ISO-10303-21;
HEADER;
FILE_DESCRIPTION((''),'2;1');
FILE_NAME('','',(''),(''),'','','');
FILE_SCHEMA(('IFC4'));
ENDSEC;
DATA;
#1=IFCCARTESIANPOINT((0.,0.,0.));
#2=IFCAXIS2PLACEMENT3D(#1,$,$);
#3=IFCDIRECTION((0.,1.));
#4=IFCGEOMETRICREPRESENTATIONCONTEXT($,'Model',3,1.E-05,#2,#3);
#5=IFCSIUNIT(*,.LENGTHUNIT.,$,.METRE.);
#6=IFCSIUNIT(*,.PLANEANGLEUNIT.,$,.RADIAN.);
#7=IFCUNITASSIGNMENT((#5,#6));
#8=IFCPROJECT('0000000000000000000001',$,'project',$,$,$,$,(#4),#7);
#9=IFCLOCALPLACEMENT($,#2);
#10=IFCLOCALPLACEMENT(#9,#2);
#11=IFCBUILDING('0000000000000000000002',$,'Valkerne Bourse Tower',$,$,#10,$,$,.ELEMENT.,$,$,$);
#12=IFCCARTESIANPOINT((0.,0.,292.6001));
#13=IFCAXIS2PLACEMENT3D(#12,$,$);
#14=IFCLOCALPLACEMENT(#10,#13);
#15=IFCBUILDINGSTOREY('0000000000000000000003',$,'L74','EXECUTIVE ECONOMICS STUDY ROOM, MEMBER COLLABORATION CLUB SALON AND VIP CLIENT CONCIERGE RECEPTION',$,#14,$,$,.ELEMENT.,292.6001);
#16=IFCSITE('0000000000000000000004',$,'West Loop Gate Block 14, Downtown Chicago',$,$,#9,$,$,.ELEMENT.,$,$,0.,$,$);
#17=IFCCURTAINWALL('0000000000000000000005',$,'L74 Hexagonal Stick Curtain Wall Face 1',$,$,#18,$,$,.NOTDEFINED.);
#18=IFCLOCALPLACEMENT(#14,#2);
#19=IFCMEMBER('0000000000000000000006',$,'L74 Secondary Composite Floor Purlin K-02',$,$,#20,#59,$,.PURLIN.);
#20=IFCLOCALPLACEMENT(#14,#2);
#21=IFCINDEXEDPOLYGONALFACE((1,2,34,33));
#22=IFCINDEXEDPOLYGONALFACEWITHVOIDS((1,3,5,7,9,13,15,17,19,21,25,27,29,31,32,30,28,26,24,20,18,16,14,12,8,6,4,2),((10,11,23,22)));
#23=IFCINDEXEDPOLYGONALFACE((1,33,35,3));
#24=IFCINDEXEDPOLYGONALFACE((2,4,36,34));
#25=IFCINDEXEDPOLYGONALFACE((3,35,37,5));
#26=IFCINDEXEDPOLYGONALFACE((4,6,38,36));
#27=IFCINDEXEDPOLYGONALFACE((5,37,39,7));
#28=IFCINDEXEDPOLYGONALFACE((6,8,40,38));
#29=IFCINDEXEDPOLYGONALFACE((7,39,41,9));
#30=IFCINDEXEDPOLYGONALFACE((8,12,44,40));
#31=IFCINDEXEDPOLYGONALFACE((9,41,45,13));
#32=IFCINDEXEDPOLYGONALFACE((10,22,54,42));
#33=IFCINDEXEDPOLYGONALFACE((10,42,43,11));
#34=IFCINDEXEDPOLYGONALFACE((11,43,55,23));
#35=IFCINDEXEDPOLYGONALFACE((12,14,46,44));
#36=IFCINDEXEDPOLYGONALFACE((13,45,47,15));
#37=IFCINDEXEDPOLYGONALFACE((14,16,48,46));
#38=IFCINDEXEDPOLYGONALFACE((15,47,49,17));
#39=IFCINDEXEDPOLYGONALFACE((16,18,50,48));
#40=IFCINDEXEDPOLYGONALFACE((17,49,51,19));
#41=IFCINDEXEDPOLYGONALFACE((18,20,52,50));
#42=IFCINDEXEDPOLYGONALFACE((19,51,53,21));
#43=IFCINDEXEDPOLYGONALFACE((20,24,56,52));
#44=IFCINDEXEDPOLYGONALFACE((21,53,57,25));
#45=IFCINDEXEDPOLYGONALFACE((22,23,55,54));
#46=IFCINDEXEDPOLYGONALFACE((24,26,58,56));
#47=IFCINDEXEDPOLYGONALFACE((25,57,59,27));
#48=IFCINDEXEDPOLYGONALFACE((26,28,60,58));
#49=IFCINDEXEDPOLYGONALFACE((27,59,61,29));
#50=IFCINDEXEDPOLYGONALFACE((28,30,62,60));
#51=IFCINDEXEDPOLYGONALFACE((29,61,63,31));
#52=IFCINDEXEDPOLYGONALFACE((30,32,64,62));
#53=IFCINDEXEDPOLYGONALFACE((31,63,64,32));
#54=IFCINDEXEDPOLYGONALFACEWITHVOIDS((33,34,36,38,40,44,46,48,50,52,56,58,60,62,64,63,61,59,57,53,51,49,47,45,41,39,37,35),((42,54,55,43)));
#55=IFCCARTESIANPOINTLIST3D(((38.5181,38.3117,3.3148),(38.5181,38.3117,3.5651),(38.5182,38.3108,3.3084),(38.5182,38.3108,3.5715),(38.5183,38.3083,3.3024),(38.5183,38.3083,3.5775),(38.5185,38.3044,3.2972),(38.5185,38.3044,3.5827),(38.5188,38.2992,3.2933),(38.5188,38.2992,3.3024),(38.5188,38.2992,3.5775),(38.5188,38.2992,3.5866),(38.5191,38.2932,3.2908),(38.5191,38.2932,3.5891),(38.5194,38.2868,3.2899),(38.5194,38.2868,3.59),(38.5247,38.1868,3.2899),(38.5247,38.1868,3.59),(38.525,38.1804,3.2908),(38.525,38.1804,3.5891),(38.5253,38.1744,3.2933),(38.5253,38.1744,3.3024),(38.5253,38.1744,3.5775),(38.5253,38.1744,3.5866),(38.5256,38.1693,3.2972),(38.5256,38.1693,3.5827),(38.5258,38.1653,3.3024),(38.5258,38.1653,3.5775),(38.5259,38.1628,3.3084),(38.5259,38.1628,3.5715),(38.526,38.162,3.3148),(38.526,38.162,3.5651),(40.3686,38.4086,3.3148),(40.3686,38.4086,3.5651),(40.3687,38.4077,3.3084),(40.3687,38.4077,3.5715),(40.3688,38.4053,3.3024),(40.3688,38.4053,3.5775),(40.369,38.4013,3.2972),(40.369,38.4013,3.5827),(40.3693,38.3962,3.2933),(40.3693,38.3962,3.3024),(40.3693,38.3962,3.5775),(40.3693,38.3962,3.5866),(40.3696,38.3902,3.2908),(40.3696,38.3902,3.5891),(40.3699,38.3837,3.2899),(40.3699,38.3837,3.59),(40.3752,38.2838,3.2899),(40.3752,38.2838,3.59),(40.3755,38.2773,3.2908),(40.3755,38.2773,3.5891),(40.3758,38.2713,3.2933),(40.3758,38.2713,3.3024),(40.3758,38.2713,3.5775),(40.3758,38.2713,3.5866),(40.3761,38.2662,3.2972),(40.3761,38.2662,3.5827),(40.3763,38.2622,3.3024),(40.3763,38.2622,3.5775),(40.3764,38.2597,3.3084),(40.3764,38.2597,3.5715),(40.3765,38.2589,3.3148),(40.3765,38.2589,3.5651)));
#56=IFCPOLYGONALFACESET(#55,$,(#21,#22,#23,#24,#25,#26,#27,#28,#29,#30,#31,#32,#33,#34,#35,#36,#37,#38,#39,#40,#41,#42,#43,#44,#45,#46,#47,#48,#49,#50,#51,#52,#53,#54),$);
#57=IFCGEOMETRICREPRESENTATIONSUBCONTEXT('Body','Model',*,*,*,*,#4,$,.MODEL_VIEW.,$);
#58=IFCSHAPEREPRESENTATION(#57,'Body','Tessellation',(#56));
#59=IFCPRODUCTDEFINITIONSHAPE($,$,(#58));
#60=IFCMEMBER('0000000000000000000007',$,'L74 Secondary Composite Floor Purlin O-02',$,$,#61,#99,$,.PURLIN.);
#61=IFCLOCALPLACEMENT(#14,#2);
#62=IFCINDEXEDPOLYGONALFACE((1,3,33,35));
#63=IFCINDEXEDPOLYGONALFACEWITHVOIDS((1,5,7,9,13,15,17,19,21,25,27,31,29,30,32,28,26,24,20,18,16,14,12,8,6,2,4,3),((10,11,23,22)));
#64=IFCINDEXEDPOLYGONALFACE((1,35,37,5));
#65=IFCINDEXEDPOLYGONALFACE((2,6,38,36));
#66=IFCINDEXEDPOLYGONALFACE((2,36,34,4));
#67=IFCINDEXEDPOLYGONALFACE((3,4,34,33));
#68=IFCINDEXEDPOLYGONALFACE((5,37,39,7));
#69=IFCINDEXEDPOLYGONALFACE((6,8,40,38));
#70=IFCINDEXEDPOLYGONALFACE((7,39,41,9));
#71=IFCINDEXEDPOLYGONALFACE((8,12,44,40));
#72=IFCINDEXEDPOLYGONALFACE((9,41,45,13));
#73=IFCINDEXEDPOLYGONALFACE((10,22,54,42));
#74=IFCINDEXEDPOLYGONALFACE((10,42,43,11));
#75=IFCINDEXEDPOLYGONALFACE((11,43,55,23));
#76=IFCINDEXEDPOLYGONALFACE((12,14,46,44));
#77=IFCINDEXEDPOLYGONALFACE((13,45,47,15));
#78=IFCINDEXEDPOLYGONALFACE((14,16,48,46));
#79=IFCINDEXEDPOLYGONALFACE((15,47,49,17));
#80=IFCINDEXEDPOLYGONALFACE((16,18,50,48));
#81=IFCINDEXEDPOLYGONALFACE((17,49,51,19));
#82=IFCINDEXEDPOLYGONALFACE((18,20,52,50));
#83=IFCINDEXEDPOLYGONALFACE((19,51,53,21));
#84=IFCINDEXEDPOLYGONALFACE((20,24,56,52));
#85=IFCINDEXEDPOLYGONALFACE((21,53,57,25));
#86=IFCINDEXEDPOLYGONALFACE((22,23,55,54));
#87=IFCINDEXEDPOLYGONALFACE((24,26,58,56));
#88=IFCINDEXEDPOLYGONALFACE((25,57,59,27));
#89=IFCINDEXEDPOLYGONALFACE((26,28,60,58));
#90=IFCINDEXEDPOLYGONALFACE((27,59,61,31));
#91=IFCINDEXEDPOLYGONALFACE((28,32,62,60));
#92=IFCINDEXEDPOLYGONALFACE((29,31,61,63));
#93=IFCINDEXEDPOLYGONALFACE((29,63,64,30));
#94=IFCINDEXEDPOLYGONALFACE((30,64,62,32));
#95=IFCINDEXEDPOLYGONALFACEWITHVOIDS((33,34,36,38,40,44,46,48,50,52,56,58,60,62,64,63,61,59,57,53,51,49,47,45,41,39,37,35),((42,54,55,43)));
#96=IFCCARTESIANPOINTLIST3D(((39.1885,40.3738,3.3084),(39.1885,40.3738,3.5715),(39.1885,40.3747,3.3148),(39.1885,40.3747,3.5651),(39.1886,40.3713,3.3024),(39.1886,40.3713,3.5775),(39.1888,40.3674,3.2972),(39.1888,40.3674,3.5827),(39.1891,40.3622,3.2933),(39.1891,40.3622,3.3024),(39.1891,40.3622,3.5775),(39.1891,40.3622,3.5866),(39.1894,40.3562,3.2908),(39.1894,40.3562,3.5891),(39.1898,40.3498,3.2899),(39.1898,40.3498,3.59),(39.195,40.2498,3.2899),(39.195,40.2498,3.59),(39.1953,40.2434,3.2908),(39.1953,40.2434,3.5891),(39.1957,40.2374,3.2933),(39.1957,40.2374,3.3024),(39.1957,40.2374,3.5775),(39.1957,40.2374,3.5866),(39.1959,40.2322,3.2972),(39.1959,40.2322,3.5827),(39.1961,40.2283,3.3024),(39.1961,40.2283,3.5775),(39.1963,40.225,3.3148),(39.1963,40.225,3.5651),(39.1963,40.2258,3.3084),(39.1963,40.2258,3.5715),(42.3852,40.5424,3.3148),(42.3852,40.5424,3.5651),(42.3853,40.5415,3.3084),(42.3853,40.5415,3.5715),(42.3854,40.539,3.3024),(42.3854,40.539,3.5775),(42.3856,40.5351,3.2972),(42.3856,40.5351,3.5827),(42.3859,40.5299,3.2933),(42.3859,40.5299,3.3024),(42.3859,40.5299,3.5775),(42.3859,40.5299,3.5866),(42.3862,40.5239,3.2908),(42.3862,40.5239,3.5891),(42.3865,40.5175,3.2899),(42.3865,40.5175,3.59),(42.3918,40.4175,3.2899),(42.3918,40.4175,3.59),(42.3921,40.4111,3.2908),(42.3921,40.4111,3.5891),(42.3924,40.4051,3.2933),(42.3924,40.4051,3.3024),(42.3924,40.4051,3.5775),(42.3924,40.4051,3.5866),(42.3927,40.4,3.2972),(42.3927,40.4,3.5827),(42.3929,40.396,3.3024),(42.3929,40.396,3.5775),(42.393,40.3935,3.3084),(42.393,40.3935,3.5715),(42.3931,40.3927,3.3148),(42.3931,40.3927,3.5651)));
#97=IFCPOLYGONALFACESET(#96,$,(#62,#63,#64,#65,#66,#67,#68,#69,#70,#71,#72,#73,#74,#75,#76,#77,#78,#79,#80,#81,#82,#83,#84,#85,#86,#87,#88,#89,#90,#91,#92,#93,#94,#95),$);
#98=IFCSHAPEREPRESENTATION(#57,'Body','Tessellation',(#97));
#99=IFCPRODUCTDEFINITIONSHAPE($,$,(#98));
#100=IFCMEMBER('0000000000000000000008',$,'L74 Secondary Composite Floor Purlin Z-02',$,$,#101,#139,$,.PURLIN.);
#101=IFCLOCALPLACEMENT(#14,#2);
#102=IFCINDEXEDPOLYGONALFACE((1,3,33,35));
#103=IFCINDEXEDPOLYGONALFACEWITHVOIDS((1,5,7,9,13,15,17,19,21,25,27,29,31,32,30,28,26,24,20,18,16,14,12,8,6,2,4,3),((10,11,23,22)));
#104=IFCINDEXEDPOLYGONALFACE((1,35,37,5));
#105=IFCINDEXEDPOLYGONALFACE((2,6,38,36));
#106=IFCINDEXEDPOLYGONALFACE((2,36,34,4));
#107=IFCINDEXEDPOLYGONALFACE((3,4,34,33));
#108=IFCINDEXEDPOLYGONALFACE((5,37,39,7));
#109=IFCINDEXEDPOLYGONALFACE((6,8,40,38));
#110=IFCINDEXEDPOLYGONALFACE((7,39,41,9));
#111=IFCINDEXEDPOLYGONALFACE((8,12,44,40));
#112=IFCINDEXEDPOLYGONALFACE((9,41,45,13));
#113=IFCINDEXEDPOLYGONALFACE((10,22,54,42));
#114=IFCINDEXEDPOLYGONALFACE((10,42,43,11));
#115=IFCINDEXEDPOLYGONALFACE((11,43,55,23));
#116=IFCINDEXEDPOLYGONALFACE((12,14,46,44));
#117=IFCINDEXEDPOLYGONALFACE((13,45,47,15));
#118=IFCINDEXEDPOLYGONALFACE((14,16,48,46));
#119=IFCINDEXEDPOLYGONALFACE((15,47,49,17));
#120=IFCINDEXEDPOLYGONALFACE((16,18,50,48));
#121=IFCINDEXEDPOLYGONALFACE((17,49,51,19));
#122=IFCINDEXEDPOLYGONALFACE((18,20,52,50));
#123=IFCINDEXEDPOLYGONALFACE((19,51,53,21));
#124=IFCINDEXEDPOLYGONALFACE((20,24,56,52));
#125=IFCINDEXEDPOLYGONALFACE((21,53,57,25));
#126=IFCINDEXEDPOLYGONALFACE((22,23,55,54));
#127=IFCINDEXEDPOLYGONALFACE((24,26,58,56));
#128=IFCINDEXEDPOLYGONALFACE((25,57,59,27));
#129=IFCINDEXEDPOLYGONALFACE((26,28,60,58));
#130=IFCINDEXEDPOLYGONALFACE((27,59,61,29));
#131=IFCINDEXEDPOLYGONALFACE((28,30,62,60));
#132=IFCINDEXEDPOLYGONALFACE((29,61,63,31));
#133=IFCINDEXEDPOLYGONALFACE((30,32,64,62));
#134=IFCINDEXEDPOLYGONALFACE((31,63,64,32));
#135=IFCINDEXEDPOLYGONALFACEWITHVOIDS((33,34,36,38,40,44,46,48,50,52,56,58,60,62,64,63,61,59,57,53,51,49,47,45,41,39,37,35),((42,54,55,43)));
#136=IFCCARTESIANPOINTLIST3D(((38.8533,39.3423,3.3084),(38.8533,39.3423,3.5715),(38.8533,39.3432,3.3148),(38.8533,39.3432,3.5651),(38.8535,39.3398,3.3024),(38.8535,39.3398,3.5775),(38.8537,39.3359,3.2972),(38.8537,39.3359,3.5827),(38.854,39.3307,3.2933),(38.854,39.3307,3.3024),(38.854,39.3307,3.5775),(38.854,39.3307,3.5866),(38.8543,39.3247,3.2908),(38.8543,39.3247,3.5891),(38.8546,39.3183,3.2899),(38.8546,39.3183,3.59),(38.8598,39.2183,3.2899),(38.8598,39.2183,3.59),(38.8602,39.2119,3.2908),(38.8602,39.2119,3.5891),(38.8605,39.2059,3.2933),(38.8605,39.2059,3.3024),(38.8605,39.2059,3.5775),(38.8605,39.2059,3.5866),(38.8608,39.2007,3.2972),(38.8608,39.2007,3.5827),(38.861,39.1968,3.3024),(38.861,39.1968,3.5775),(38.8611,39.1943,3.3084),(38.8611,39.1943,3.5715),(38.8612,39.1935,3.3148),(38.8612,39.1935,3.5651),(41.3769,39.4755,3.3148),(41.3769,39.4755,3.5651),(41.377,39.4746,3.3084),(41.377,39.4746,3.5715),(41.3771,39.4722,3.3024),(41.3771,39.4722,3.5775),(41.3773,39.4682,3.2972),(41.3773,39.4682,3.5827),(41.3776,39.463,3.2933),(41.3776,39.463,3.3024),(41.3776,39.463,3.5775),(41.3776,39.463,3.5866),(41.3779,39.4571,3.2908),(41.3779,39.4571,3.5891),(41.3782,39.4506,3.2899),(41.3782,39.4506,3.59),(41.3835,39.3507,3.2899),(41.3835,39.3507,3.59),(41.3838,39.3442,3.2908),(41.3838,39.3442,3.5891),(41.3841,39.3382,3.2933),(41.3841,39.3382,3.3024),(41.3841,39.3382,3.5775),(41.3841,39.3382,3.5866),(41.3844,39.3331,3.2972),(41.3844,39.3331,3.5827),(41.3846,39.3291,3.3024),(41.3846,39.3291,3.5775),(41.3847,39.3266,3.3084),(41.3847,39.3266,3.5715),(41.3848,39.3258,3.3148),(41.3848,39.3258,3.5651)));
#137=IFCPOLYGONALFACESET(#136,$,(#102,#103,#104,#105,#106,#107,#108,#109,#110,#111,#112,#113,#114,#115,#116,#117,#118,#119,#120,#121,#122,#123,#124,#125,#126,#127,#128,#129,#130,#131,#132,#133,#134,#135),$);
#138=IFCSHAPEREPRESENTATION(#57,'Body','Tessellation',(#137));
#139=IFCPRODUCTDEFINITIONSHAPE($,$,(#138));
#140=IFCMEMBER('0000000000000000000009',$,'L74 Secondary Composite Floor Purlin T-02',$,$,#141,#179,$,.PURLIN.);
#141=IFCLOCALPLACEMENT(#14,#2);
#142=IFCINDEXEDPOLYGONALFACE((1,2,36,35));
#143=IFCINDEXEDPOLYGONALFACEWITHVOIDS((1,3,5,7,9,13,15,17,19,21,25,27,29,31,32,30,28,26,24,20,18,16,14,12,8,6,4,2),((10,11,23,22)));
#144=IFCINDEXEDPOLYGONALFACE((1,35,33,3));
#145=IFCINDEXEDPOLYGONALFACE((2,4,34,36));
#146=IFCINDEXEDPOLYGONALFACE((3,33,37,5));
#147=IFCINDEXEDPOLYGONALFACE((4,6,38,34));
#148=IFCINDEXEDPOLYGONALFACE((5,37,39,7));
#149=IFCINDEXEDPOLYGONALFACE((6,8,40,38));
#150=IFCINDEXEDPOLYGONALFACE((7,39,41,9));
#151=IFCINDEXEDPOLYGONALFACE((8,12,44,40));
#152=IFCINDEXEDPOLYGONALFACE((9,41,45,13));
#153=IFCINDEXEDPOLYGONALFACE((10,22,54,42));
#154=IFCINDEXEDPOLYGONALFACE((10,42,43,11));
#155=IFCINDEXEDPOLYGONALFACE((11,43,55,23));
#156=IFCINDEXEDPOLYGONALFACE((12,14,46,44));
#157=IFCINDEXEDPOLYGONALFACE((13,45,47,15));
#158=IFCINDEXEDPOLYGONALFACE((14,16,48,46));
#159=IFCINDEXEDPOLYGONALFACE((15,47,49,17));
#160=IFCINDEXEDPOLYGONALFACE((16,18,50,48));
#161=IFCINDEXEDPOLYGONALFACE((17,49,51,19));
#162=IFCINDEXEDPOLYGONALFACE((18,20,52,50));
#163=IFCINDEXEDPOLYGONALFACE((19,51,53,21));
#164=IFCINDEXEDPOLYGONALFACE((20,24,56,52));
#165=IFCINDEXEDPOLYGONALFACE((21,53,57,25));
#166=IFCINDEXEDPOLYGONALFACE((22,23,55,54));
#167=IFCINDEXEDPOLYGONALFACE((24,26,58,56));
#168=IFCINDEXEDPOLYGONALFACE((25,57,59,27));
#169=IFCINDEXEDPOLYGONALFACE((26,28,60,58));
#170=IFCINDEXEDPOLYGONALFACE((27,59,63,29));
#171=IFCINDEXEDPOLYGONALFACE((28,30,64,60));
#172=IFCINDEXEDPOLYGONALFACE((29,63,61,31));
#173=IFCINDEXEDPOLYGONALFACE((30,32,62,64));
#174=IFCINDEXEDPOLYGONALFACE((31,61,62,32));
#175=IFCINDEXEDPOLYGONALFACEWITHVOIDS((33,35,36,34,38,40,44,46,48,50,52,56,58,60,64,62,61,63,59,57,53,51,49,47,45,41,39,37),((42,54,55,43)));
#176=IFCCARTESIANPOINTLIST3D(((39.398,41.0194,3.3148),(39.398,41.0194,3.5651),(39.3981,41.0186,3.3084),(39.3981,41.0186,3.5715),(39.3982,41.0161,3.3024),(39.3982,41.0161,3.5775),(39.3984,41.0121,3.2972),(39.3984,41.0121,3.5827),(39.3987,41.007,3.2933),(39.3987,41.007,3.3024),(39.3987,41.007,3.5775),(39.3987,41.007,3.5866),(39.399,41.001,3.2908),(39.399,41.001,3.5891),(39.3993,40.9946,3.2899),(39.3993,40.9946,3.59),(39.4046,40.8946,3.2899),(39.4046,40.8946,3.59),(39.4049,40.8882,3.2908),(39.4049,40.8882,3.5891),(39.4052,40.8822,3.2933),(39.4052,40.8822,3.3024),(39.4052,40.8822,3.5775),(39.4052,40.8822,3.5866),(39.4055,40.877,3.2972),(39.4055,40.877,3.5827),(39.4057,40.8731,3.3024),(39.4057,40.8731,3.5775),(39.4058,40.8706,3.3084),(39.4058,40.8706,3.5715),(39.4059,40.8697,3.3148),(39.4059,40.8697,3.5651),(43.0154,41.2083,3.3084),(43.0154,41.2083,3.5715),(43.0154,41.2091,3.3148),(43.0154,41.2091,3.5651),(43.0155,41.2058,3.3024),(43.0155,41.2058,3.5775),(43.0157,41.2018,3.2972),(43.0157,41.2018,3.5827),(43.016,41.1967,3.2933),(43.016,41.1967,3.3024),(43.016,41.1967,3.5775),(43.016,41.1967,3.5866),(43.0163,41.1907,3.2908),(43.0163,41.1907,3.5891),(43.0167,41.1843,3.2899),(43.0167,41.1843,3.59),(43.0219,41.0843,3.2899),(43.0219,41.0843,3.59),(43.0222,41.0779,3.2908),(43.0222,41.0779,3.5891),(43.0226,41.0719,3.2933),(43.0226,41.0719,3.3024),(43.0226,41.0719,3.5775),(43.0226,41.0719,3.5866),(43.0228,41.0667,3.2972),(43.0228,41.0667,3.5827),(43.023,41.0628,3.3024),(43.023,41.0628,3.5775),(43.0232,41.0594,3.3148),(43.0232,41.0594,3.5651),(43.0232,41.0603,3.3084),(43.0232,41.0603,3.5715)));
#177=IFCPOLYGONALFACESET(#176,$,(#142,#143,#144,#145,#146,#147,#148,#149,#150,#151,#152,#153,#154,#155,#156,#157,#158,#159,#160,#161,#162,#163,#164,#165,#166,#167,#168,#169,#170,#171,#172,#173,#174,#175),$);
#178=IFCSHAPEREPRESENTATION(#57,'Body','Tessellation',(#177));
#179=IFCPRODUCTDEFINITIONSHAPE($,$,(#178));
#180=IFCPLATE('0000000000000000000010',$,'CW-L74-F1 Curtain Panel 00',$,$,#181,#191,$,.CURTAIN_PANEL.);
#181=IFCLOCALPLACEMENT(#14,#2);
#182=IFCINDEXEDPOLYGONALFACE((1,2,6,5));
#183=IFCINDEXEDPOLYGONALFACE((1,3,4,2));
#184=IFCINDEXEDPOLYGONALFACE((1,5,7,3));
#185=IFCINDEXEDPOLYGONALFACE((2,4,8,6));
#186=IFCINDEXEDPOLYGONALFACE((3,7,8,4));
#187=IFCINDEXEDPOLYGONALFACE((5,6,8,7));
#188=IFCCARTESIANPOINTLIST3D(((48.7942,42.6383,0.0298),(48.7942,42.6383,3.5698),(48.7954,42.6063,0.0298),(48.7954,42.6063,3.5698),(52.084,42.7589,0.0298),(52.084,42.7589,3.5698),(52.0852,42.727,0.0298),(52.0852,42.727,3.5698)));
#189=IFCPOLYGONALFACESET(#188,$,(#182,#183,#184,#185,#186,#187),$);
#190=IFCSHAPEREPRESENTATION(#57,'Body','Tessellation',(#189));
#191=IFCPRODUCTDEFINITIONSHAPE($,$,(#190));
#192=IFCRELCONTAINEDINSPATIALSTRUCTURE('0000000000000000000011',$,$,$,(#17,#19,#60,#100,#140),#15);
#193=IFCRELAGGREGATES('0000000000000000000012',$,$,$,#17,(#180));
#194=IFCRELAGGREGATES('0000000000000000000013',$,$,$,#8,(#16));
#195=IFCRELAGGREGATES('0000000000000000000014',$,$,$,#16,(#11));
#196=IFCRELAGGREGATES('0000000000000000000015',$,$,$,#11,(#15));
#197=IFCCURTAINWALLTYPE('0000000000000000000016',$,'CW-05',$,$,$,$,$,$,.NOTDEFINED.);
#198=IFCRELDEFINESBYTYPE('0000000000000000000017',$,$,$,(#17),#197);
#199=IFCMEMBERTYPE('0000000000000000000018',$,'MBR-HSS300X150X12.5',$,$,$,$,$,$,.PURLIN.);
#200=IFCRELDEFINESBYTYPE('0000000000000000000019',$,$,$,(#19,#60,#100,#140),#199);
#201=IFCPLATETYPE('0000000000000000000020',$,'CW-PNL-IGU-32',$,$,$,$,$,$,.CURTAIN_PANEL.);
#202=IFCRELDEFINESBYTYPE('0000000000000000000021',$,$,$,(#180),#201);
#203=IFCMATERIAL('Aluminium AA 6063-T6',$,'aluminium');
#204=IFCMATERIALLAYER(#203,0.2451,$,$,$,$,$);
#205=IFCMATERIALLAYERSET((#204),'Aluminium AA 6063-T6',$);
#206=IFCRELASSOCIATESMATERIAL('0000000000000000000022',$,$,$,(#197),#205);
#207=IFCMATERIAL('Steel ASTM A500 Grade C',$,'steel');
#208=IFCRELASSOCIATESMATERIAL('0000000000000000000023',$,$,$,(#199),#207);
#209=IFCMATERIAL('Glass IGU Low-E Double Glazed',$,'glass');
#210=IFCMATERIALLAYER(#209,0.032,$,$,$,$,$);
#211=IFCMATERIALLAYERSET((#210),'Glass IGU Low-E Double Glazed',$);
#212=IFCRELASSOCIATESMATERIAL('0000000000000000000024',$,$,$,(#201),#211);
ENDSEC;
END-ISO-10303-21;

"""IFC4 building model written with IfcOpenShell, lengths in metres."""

from ifc_helpers import new_model, si_unit, direction, frame, origin, origin_2d, place, context, subcontext, project, spatial, rectangle, hollow_rectangle, extrude, material, layer, layer_set, material_profile, profile_set, type_object, element, aggregate, save


model = new_model("IFC4")

# Units and contexts
model_context = context("Model", 3, precision=1e-05, world=origin(), true_north=direction((0.0, 1.0)))
body_context = subcontext(model_context, "Body", "Model", "MODEL_VIEW")
ifc_project = project(units=[si_unit("LENGTHUNIT", "METRE"), si_unit("PLANEANGLEUNIT", "RADIAN")], contexts=[model_context])

# Site, building, storey
site_placement = place(None, origin())
site = spatial("IfcSite", under=ifc_project, at=site_placement, Name="West Loop Gate Block 14, Downtown Chicago", CompositionType="ELEMENT", RefElevation=0.0)
building_placement = place(site_placement, origin())
building = spatial("IfcBuilding", under=site, at=building_placement, Name="Valkerne Bourse Tower", CompositionType="ELEMENT")
storey_placement = place(building_placement, frame((0.0, 0.0, 292.6001)))
storey = spatial("IfcBuildingStorey", under=building, at=storey_placement, Name="L74", Description="EXECUTIVE ECONOMICS STUDY ROOM, MEMBER COLLABORATION CLUB SALON AND VIP CLIENT CONCIERGE RECEPTION", CompositionType="ELEMENT", Elevation=292.6001)

# Curtain wall
ifc_material_1 = material(Name="Aluminium AA 6063-T6", Category="aluminium")
ifc_layer_1 = layer(ifc_material_1, 0.2451)
ifc_layer_set_1 = layer_set([ifc_layer_1], Name="Aluminium AA 6063-T6")
curtain_wall_type = type_object("IfcCurtainWallType", Name="CW-05", PredefinedType="NOTDEFINED", material=ifc_layer_set_1)
curtain_wall_placement = place(storey_placement, origin())
curtain_wall = element("IfcCurtainWall", 1, at=curtain_wall_placement, inside=storey, type_object=curtain_wall_type, Name="L74 Hexagonal Stick Curtain Wall Face 1", PredefinedType="NOTDEFINED")

# Members
ifc_material_2 = material(Name="Steel ASTM A500 Grade C", Category="steel")
ifc_material_profile_1 = material_profile(ifc_material_2, hollow_rectangle(XDim=0.1499, YDim=0.3, WallThickness=0.0125, OuterFilletRadius=0.0249, at=origin_2d()), Name="HSS300X150X12.5")
ifc_profile_set_1 = profile_set([ifc_material_profile_1], Name="Steel ASTM A500 Grade C")
member_type_1 = type_object("IfcMemberType", Name="MBR-HSS300X150X12.5", PredefinedType="PURLIN", material=ifc_profile_set_1)
member_1_placement = place(storey_placement, frame((40.3726, 38.3337, 3.4399), z_axis=(-0.998631, -0.052303, 0.0), x_axis=(0.052303, -0.998631, 0.0)))
element("IfcMember", 2, at=member_1_placement, inside=storey, type_object=member_type_1, Name="L74 Secondary Composite Floor Purlin K-02", PredefinedType="PURLIN", context=body_context, shape_type="SweptSolid", body=[
    extrude(hollow_rectangle(XDim=0.1499, YDim=0.3, WallThickness=0.0125, OuterFilletRadius=0.0249, at=origin_2d()), origin(), (0.0, 0.0, 1.0), 1.853),
])
member_2_placement = place(storey_placement, frame((42.3892, 40.4675, 3.4399), z_axis=(-0.998626, -0.052395, 0.0), x_axis=(0.052395, -0.998626, 0.0)))
element("IfcMember", 3, at=member_2_placement, inside=storey, type_object=member_type_1, Name="L74 Secondary Composite Floor Purlin O-02", PredefinedType="PURLIN", context=body_context, shape_type="SweptSolid", body=[
    extrude(hollow_rectangle(XDim=0.1499, YDim=0.3, WallThickness=0.0125, OuterFilletRadius=0.0249, at=origin_2d()), origin(), (0.0, 0.0, 1.0), 3.2012),
])
member_3_placement = place(storey_placement, frame((41.3809, 39.4006, 3.4399), z_axis=(-0.998628, -0.052361, 0.0), x_axis=(0.052361, -0.998628, 0.0)))
element("IfcMember", 4, at=member_3_placement, inside=storey, type_object=member_type_1, Name="L74 Secondary Composite Floor Purlin Z-02", PredefinedType="PURLIN", context=body_context, shape_type="SweptSolid", body=[
    extrude(hollow_rectangle(XDim=0.1499, YDim=0.3, WallThickness=0.0125, OuterFilletRadius=0.0249, at=origin_2d()), origin(), (0.0, 0.0, 1.0), 2.5271),
])
member_4_placement = place(storey_placement, frame((43.0193, 41.1343, 3.4399), z_axis=(-0.998628, -0.052368, 0.0), x_axis=(0.052368, -0.998628, 0.0)))
element("IfcMember", 5, at=member_4_placement, inside=storey, type_object=member_type_1, Name="L74 Secondary Composite Floor Purlin T-02", PredefinedType="PURLIN", context=body_context, shape_type="SweptSolid", body=[
    extrude(hollow_rectangle(XDim=0.1499, YDim=0.3, WallThickness=0.0125, OuterFilletRadius=0.0249, at=origin_2d()), origin(), (0.0, 0.0, 1.0), 3.6223),
])

# Plate
ifc_material_3 = material(Name="Glass IGU Low-E Double Glazed", Category="glass")
ifc_layer_2 = layer(ifc_material_3, 0.032)
ifc_layer_set_2 = layer_set([ifc_layer_2], Name="Glass IGU Low-E Double Glazed")
plate_type = type_object("IfcPlateType", Name="CW-PNL-IGU-32", PredefinedType="CURTAIN_PANEL", material=ifc_layer_set_2)
plate_1_placement = place(storey_placement, frame((50.4397, 42.6826, 0.0298), z_axis=(0.0, 0.0, 1.0), x_axis=(-0.999328, -0.036657, 0.0)))
plate_1 = element("IfcPlate", 6, at=plate_1_placement, type_object=plate_type, Name="CW-L74-F1 Curtain Panel 00", PredefinedType="CURTAIN_PANEL", context=body_context, shape_type="SweptSolid", body=[
    extrude(rectangle(XDim=3.292, YDim=0.032, at=origin_2d()), origin(), (0.0, 0.0, 1.0), 3.54),
])
aggregate(curtain_wall, [plate_1])

save(model, "model.ifc")
